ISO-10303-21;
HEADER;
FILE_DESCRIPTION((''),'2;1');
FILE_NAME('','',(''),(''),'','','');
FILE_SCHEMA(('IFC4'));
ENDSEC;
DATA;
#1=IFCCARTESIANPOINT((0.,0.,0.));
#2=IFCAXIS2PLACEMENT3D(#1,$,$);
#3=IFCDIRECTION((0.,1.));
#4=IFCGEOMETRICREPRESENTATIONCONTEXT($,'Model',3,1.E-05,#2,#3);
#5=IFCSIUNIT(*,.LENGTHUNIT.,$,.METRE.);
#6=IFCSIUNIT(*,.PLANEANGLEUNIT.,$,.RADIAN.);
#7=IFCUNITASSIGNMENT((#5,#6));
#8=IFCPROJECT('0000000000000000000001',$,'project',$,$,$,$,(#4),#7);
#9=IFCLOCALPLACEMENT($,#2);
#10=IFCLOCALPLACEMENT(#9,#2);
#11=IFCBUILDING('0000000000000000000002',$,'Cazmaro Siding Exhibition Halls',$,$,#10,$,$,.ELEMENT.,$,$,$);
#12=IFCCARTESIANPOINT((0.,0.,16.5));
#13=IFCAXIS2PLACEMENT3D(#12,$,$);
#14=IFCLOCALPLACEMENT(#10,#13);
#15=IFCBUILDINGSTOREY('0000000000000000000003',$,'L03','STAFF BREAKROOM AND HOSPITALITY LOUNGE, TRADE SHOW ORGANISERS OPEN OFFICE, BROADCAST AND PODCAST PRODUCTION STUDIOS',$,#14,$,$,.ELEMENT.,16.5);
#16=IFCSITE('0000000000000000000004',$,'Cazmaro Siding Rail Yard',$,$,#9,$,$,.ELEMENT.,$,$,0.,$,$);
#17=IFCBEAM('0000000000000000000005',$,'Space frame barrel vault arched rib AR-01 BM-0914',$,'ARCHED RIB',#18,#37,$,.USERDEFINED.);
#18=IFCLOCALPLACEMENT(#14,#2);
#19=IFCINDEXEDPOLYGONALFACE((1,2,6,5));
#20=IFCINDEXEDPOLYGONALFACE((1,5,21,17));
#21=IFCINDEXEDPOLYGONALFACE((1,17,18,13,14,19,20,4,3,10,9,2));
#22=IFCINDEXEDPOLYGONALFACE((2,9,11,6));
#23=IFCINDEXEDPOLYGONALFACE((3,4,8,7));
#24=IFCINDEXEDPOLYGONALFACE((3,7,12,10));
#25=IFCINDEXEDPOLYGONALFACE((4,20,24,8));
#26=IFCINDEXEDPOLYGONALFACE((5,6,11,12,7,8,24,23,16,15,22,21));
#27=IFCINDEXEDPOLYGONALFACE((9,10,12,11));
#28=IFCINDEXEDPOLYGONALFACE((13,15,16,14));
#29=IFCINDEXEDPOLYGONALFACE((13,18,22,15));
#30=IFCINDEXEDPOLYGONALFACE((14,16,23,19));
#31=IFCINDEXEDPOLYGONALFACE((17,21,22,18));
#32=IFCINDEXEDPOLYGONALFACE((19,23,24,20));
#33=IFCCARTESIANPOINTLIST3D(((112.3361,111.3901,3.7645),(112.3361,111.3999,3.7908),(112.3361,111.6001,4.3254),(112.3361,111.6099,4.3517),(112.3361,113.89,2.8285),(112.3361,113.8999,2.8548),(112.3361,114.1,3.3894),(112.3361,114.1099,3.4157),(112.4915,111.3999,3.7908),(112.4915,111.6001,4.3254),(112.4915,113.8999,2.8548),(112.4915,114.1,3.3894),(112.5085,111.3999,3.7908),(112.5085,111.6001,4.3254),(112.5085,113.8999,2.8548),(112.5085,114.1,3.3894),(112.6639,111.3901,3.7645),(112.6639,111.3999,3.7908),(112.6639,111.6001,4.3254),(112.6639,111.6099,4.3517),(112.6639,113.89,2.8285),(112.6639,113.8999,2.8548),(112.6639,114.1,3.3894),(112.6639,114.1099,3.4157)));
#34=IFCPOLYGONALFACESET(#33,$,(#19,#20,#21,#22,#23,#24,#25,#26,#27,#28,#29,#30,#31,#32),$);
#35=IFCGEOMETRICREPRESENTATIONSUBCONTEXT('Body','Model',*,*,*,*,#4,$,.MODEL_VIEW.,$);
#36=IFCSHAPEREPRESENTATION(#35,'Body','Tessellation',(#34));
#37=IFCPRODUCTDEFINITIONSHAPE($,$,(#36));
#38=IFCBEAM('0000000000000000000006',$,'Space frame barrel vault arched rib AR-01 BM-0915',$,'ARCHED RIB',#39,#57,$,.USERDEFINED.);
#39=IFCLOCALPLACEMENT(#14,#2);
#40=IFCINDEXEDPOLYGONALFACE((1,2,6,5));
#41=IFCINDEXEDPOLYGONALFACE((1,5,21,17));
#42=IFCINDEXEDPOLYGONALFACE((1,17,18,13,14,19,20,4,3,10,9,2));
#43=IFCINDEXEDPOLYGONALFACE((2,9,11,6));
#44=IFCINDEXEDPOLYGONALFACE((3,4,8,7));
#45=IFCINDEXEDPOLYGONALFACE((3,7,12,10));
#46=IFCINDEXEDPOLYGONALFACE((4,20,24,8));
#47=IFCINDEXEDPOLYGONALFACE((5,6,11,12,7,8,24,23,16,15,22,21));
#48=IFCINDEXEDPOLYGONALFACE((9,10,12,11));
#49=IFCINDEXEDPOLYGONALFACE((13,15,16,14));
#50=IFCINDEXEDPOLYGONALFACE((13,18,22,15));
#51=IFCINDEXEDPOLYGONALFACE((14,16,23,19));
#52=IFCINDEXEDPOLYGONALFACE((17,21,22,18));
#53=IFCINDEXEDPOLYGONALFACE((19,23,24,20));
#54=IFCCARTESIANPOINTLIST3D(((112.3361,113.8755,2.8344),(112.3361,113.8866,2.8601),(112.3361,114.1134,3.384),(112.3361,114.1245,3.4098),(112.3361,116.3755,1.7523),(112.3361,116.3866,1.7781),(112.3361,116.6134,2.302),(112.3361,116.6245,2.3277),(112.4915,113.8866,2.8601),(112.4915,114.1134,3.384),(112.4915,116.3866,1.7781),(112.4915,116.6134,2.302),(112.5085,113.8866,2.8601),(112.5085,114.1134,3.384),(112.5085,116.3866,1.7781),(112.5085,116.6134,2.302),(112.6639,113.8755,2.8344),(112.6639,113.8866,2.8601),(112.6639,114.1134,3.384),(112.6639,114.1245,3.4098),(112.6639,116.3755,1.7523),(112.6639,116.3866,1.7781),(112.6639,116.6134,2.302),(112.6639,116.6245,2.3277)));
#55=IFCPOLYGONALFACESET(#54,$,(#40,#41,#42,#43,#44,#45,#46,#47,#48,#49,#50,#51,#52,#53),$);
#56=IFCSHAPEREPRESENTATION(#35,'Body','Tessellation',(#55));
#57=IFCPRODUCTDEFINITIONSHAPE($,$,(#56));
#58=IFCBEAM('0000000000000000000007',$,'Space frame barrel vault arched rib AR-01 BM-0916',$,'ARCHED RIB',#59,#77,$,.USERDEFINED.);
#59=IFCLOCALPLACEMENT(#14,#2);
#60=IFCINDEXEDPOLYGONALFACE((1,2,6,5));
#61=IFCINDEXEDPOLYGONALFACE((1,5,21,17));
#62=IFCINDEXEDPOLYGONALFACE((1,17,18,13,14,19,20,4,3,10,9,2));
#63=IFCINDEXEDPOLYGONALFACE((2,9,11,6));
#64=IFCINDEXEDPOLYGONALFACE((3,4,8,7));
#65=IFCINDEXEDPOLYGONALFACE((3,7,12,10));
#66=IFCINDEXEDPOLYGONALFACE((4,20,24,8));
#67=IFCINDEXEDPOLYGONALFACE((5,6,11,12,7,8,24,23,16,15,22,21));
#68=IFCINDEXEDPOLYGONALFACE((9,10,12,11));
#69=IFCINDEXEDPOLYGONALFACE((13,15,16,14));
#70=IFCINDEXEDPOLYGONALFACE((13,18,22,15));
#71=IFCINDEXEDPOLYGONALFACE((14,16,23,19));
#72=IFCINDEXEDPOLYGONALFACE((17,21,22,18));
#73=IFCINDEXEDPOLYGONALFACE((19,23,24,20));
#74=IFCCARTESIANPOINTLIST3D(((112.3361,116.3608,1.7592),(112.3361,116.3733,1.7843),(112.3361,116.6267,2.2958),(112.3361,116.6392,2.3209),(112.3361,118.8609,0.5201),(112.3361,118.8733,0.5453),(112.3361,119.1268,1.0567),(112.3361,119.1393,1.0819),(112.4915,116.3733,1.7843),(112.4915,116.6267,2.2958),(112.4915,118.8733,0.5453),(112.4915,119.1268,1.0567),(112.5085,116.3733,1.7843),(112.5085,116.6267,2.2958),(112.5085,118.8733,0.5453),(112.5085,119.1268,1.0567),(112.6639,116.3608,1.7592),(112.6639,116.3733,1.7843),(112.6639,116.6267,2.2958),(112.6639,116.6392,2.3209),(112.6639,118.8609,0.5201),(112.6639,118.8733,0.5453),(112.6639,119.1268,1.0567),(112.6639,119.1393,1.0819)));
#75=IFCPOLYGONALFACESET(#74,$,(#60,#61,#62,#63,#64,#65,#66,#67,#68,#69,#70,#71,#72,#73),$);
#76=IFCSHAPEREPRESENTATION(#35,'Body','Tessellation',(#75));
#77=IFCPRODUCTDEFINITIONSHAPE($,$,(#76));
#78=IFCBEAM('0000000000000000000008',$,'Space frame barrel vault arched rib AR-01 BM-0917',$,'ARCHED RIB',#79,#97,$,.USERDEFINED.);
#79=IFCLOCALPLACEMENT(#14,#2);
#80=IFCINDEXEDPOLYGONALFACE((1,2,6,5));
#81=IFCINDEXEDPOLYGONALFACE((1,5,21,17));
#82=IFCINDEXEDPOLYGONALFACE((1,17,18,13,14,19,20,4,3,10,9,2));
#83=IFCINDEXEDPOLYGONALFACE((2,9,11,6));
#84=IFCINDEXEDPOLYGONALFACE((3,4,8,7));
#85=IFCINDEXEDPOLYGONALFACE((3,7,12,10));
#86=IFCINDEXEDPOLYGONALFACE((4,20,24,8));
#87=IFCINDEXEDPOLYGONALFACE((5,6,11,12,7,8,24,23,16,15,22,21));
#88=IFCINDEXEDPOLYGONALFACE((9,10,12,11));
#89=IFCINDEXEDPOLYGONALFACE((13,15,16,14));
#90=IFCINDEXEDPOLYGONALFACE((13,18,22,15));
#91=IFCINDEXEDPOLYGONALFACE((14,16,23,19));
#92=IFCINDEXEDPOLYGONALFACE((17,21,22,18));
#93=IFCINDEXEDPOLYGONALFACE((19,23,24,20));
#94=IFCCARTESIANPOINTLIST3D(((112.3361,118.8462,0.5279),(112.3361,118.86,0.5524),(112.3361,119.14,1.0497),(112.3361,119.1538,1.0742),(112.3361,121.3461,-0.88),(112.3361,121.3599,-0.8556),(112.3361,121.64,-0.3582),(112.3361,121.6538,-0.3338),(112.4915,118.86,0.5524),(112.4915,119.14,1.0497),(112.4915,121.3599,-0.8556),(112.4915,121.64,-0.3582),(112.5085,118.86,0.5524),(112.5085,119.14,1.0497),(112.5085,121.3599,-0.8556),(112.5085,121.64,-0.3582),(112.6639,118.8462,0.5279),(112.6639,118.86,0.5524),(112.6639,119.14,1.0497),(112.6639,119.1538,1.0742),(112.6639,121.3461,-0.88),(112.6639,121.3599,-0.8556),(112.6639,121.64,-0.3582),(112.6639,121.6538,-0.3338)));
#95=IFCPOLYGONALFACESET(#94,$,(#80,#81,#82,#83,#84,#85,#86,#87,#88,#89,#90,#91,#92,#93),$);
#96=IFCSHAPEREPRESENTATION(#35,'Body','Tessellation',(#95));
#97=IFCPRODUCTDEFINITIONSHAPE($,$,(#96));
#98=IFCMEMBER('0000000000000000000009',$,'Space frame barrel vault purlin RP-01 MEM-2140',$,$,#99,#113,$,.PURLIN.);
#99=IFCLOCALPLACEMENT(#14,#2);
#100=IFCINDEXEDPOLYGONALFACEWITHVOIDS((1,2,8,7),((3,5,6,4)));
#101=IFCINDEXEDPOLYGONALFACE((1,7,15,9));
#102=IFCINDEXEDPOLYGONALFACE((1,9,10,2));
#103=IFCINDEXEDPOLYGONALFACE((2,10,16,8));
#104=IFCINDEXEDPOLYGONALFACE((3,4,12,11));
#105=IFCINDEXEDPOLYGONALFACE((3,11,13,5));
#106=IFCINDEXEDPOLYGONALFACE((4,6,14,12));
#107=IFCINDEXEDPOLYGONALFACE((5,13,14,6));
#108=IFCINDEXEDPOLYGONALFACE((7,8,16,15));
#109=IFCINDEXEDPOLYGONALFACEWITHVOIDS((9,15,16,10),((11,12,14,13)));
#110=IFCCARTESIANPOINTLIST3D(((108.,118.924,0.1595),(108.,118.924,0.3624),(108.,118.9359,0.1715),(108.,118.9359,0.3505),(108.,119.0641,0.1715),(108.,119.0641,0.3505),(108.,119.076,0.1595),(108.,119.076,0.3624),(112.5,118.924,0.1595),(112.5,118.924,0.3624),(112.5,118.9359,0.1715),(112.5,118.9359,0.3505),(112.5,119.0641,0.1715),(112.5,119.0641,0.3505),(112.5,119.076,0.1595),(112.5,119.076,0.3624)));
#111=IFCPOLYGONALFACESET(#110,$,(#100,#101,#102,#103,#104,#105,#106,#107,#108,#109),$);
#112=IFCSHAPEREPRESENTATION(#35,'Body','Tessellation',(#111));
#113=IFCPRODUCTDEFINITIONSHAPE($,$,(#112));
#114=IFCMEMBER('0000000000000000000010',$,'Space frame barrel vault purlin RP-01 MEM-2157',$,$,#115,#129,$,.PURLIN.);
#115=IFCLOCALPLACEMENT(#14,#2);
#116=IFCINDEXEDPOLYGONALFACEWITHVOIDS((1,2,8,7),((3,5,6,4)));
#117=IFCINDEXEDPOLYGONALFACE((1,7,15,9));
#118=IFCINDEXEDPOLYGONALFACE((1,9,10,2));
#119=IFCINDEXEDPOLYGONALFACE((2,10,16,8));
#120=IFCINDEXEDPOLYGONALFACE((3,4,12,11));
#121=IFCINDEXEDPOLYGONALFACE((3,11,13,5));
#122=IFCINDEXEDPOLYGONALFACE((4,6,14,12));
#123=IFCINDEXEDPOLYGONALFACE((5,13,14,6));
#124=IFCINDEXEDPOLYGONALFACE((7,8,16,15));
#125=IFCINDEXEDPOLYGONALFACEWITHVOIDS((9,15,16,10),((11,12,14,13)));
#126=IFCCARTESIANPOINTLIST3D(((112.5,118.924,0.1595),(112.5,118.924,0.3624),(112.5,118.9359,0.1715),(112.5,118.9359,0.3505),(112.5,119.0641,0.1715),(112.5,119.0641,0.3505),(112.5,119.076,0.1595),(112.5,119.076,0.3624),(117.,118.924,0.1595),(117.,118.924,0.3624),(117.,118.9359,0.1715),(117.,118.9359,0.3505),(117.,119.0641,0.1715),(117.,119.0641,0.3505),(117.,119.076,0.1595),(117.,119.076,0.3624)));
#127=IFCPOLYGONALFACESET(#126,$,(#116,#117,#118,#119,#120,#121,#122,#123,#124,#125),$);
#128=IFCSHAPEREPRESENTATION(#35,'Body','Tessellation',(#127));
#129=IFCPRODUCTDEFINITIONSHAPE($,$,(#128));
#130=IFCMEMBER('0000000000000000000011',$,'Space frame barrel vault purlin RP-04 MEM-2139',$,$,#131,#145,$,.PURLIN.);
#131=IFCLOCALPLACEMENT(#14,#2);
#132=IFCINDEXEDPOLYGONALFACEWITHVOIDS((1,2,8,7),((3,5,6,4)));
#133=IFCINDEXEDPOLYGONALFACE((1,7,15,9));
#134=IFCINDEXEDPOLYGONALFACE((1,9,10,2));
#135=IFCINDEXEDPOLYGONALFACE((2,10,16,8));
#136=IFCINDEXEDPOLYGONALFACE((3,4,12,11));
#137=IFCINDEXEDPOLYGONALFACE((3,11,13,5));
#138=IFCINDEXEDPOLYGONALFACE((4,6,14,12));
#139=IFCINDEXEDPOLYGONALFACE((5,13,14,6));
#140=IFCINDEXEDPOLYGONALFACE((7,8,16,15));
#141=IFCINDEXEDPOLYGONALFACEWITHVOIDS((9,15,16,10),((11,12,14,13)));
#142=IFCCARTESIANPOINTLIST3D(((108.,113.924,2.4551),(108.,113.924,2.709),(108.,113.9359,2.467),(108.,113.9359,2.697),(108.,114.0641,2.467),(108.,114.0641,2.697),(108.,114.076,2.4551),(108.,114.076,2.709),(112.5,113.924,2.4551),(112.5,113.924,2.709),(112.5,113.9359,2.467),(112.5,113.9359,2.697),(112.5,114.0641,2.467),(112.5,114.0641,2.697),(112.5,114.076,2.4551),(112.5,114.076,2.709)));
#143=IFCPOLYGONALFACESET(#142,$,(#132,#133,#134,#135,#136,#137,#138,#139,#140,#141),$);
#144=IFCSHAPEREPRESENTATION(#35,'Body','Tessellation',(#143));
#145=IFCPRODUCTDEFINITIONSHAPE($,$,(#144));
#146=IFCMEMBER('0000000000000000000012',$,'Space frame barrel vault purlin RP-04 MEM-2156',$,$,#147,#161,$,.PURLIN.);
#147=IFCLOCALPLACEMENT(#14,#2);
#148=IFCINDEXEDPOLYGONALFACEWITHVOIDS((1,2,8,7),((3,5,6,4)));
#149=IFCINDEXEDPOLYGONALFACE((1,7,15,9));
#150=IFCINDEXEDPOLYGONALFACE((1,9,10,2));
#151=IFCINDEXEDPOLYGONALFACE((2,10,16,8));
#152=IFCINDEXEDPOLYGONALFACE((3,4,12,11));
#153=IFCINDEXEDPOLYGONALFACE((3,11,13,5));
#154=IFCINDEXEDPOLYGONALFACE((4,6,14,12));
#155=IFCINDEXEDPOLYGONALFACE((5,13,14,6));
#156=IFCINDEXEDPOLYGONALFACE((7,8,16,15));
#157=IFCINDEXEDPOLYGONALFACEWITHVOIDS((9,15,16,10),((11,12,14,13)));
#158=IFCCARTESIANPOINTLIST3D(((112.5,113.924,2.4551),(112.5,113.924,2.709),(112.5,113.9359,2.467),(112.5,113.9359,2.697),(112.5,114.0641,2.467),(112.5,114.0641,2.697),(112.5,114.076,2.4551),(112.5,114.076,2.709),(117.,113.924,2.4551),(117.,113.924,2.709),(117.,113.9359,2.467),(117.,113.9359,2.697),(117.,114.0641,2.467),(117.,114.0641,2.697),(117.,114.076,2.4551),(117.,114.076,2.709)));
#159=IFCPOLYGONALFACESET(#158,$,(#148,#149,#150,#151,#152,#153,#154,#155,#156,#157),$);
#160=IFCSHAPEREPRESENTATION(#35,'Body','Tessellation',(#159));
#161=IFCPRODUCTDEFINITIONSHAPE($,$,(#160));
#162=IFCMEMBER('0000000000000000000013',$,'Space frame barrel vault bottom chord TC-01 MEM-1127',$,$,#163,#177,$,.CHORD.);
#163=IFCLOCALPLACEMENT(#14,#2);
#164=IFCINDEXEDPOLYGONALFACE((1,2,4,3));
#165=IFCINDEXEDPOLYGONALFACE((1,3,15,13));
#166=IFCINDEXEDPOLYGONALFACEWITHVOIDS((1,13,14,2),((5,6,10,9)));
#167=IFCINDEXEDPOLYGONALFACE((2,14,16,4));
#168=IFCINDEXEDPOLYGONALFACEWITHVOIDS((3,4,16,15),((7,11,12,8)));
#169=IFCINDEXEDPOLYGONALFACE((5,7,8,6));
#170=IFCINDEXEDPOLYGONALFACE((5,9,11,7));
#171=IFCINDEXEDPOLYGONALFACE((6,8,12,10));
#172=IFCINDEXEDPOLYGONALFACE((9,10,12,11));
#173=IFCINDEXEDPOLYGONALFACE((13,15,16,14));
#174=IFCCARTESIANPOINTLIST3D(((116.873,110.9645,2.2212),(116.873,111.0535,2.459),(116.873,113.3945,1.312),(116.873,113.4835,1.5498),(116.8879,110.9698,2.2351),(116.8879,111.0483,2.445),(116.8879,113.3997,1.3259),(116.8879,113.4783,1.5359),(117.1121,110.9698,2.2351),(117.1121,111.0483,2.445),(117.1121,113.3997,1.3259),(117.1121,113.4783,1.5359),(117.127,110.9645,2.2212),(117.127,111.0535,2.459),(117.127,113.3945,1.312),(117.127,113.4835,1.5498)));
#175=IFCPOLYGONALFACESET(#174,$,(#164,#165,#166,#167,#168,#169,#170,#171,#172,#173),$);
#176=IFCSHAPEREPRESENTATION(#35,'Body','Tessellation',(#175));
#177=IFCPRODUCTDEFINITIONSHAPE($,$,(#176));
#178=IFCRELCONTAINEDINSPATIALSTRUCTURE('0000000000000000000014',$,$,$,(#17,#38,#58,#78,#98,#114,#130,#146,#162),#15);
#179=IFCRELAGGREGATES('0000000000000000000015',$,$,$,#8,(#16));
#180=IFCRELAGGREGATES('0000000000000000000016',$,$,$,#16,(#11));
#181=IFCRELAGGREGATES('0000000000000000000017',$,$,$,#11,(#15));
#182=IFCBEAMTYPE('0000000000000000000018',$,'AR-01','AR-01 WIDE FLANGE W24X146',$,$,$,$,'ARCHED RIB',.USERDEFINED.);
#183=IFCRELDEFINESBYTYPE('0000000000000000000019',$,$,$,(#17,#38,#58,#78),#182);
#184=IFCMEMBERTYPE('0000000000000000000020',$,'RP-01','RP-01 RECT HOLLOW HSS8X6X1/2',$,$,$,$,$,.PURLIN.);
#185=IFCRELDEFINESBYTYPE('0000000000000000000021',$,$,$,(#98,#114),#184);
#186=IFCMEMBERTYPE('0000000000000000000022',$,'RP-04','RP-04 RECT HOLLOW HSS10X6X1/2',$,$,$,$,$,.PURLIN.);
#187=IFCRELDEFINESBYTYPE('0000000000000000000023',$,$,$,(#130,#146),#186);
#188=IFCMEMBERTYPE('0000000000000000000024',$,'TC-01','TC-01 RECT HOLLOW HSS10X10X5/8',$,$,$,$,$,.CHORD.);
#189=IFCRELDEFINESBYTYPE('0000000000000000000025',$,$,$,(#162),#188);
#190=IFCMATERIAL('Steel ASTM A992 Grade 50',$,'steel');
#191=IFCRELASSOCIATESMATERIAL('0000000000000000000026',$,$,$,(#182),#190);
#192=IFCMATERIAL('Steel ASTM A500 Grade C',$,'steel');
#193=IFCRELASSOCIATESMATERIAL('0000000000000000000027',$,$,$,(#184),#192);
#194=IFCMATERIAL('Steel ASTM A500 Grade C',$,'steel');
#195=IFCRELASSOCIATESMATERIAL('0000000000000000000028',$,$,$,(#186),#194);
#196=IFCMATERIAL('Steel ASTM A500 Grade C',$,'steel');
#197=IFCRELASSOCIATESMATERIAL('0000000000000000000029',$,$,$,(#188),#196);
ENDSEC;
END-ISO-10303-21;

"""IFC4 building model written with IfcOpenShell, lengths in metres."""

from ifc_helpers import new_model, si_unit, direction, frame, origin, origin_2d, place, context, subcontext, project, spatial, hollow_rectangle, i_section, extrude, material, material_profile, profile_set, type_object, element, save


model = new_model("IFC4")

# Units and contexts
model_context = context("Model", 3, precision=1e-05, world=origin(), true_north=direction((0.0, 1.0)))
body_context = subcontext(model_context, "Body", "Model", "MODEL_VIEW")
ifc_project = project(units=[si_unit("LENGTHUNIT", "METRE"), si_unit("PLANEANGLEUNIT", "RADIAN")], contexts=[model_context])

# Site, building, storey
site_placement = place(None, origin())
site = spatial("IfcSite", under=ifc_project, at=site_placement, Name="Cazmaro Siding Rail Yard", CompositionType="ELEMENT", RefElevation=0.0)
building_placement = place(site_placement, origin())
building = spatial("IfcBuilding", under=site, at=building_placement, Name="Cazmaro Siding Exhibition Halls", CompositionType="ELEMENT")
storey_placement = place(building_placement, frame((0.0, 0.0, 16.5)))
storey = spatial("IfcBuildingStorey", under=building, at=storey_placement, Name="L03", Description="STAFF BREAKROOM AND HOSPITALITY LOUNGE, TRADE SHOW ORGANISERS OPEN OFFICE, BROADCAST AND PODCAST PRODUCTION STUDIOS", CompositionType="ELEMENT", Elevation=16.5)

# Beams
ifc_material_1 = material(Name="Steel ASTM A992 Grade 50", Category="steel")
ifc_material_profile_1 = material_profile(ifc_material_1, i_section(OverallWidth=0.3279, OverallDepth=0.627, WebThickness=0.0171, FlangeThickness=0.0281, at=origin_2d()), Name="W24X146")
ifc_profile_set_1 = profile_set([ifc_material_profile_1], Name="Steel ASTM A992 Grade 50")
beam_type = type_object("IfcBeamType", Name="AR-01", Description="AR-01 WIDE FLANGE W24X146", ElementType="ARCHED RIB", PredefinedType="USERDEFINED", material=ifc_profile_set_1)
beam_1_placement = place(storey_placement, frame((112.5, 111.5, 4.0581), z_axis=(0.0, 0.936509, -0.350642), x_axis=(-1.0, 0.0, 0.0)))
element("IfcBeam", 1, at=beam_1_placement, inside=storey, type_object=beam_type, Name="Space frame barrel vault arched rib AR-01 BM-0914", ObjectType="ARCHED RIB", PredefinedType="USERDEFINED", context=body_context, shape_type="SweptSolid", body=[
    extrude(i_section(OverallWidth=0.3279, OverallDepth=0.627, WebThickness=0.0171, FlangeThickness=0.0281, at=origin_2d()), origin(), (0.0, 0.0, 1.0), 2.6694),
])
beam_2_placement = place(storey_placement, frame((112.5, 114.0, 3.1221), z_axis=(0.0, 0.91773, -0.397205), x_axis=(-1.0, 0.0, 0.0)))
element("IfcBeam", 2, at=beam_2_placement, inside=storey, type_object=beam_type, Name="Space frame barrel vault arched rib AR-01 BM-0915", ObjectType="ARCHED RIB", PredefinedType="USERDEFINED", context=body_context, shape_type="SweptSolid", body=[
    extrude(i_section(OverallWidth=0.3279, OverallDepth=0.627, WebThickness=0.0171, FlangeThickness=0.0281, at=origin_2d()), origin(), (0.0, 0.0, 1.0), 2.7241),
])
beam_3_placement = place(storey_placement, frame((112.5, 116.5, 2.04), z_axis=(0.0, 0.895997, -0.444061), x_axis=(-1.0, 0.0, 0.0)))
element("IfcBeam", 3, at=beam_3_placement, inside=storey, type_object=beam_type, Name="Space frame barrel vault arched rib AR-01 BM-0916", ObjectType="ARCHED RIB", PredefinedType="USERDEFINED", context=body_context, shape_type="SweptSolid", body=[
    extrude(i_section(OverallWidth=0.3279, OverallDepth=0.627, WebThickness=0.0171, FlangeThickness=0.0281, at=origin_2d()), origin(), (0.0, 0.0, 1.0), 2.7903),
])
beam_4_placement = place(storey_placement, frame((112.5, 119.0, 0.801), z_axis=(0.0, 0.871321, -0.490714), x_axis=(-1.0, 0.0, 0.0)))
element("IfcBeam", 4, at=beam_4_placement, inside=storey, type_object=beam_type, Name="Space frame barrel vault arched rib AR-01 BM-0917", ObjectType="ARCHED RIB", PredefinedType="USERDEFINED", context=body_context, shape_type="SweptSolid", body=[
    extrude(i_section(OverallWidth=0.3279, OverallDepth=0.627, WebThickness=0.0171, FlangeThickness=0.0281, at=origin_2d()), origin(), (0.0, 0.0, 1.0), 2.8691),
])

# Members
ifc_material_2 = material(Name="Steel ASTM A500 Grade C", Category="steel")
ifc_material_profile_2 = material_profile(ifc_material_2, hollow_rectangle(XDim=0.1521, YDim=0.2029, WallThickness=0.012, at=origin_2d()), Name="HSS8X6X1/2")
ifc_profile_set_2 = profile_set([ifc_material_profile_2], Name="Steel ASTM A500 Grade C")
member_type_1 = type_object("IfcMemberType", Name="RP-01", Description="RP-01 RECT HOLLOW HSS8X6X1/2", PredefinedType="PURLIN", material=ifc_profile_set_2)
for number, where, z_axis, x_axis, name in (
    (5, (108.0, 119.0, 0.261), (1.0, 0.0, 0.0), (0.0, 1.0, 0.0), "Space frame barrel vault purlin RP-01 MEM-2140"),
    (6, (112.5, 119.0, 0.261), (1.0, 0.0, 0.0), (0.0, 1.0, 0.0), "Space frame barrel vault purlin RP-01 MEM-2157"),
):
    element("IfcMember", number, at=place(storey_placement, frame(where, z_axis=z_axis, x_axis=x_axis)), inside=storey, type_object=member_type_1, Name=name, PredefinedType="PURLIN", context=body_context, shape_type="SweptSolid", body=[
        extrude(hollow_rectangle(XDim=0.1521, YDim=0.2029, WallThickness=0.012, at=origin_2d()), origin(), (0.0, 0.0, 1.0), 4.5),
    ])
ifc_material_3 = material(Name="Steel ASTM A500 Grade C", Category="steel")
ifc_material_profile_3 = material_profile(ifc_material_3, hollow_rectangle(XDim=0.1521, YDim=0.2539, WallThickness=0.012, at=origin_2d()), Name="HSS10X6X1/2")
ifc_profile_set_3 = profile_set([ifc_material_profile_3], Name="Steel ASTM A500 Grade C")
member_type_2 = type_object("IfcMemberType", Name="RP-04", Description="RP-04 RECT HOLLOW HSS10X6X1/2", PredefinedType="PURLIN", material=ifc_profile_set_3)
for number, where, z_axis, x_axis, name in (
    (7, (108.0, 114.0, 2.582), (1.0, 0.0, 0.0), (0.0, 1.0, 0.0), "Space frame barrel vault purlin RP-04 MEM-2139"),
    (8, (112.5, 114.0, 2.582), (1.0, 0.0, 0.0), (0.0, 1.0, 0.0), "Space frame barrel vault purlin RP-04 MEM-2156"),
):
    element("IfcMember", number, at=place(storey_placement, frame(where, z_axis=z_axis, x_axis=x_axis)), inside=storey, type_object=member_type_2, Name=name, PredefinedType="PURLIN", context=body_context, shape_type="SweptSolid", body=[
        extrude(hollow_rectangle(XDim=0.1521, YDim=0.2539, WallThickness=0.012, at=origin_2d()), origin(), (0.0, 0.0, 1.0), 4.5),
    ])
ifc_material_4 = material(Name="Steel ASTM A500 Grade C", Category="steel")
ifc_material_profile_4 = material_profile(ifc_material_4, hollow_rectangle(XDim=0.2539, YDim=0.2539, WallThickness=0.0149, at=origin_2d()), Name="HSS10X10X5/8")
ifc_profile_set_4 = profile_set([ifc_material_profile_4], Name="Steel ASTM A500 Grade C")
member_type_3 = type_object("IfcMemberType", Name="TC-01", Description="TC-01 RECT HOLLOW HSS10X10X5/8", PredefinedType="CHORD", material=ifc_profile_set_4)
member_1_placement = place(storey_placement, frame((117.0, 111.009, 2.3401), z_axis=(0.0, 0.936588, -0.350432), x_axis=(-1.0, 0.0, 0.0)))
element("IfcMember", 9, at=member_1_placement, inside=storey, type_object=member_type_3, Name="Space frame barrel vault bottom chord TC-01 MEM-1127", PredefinedType="CHORD", context=body_context, shape_type="SweptSolid", body=[
    extrude(hollow_rectangle(XDim=0.2539, YDim=0.2539, WallThickness=0.0149, at=origin_2d()), origin(), (0.0, 0.0, 1.0), 2.5945),
])

save(model, "model.ifc")
